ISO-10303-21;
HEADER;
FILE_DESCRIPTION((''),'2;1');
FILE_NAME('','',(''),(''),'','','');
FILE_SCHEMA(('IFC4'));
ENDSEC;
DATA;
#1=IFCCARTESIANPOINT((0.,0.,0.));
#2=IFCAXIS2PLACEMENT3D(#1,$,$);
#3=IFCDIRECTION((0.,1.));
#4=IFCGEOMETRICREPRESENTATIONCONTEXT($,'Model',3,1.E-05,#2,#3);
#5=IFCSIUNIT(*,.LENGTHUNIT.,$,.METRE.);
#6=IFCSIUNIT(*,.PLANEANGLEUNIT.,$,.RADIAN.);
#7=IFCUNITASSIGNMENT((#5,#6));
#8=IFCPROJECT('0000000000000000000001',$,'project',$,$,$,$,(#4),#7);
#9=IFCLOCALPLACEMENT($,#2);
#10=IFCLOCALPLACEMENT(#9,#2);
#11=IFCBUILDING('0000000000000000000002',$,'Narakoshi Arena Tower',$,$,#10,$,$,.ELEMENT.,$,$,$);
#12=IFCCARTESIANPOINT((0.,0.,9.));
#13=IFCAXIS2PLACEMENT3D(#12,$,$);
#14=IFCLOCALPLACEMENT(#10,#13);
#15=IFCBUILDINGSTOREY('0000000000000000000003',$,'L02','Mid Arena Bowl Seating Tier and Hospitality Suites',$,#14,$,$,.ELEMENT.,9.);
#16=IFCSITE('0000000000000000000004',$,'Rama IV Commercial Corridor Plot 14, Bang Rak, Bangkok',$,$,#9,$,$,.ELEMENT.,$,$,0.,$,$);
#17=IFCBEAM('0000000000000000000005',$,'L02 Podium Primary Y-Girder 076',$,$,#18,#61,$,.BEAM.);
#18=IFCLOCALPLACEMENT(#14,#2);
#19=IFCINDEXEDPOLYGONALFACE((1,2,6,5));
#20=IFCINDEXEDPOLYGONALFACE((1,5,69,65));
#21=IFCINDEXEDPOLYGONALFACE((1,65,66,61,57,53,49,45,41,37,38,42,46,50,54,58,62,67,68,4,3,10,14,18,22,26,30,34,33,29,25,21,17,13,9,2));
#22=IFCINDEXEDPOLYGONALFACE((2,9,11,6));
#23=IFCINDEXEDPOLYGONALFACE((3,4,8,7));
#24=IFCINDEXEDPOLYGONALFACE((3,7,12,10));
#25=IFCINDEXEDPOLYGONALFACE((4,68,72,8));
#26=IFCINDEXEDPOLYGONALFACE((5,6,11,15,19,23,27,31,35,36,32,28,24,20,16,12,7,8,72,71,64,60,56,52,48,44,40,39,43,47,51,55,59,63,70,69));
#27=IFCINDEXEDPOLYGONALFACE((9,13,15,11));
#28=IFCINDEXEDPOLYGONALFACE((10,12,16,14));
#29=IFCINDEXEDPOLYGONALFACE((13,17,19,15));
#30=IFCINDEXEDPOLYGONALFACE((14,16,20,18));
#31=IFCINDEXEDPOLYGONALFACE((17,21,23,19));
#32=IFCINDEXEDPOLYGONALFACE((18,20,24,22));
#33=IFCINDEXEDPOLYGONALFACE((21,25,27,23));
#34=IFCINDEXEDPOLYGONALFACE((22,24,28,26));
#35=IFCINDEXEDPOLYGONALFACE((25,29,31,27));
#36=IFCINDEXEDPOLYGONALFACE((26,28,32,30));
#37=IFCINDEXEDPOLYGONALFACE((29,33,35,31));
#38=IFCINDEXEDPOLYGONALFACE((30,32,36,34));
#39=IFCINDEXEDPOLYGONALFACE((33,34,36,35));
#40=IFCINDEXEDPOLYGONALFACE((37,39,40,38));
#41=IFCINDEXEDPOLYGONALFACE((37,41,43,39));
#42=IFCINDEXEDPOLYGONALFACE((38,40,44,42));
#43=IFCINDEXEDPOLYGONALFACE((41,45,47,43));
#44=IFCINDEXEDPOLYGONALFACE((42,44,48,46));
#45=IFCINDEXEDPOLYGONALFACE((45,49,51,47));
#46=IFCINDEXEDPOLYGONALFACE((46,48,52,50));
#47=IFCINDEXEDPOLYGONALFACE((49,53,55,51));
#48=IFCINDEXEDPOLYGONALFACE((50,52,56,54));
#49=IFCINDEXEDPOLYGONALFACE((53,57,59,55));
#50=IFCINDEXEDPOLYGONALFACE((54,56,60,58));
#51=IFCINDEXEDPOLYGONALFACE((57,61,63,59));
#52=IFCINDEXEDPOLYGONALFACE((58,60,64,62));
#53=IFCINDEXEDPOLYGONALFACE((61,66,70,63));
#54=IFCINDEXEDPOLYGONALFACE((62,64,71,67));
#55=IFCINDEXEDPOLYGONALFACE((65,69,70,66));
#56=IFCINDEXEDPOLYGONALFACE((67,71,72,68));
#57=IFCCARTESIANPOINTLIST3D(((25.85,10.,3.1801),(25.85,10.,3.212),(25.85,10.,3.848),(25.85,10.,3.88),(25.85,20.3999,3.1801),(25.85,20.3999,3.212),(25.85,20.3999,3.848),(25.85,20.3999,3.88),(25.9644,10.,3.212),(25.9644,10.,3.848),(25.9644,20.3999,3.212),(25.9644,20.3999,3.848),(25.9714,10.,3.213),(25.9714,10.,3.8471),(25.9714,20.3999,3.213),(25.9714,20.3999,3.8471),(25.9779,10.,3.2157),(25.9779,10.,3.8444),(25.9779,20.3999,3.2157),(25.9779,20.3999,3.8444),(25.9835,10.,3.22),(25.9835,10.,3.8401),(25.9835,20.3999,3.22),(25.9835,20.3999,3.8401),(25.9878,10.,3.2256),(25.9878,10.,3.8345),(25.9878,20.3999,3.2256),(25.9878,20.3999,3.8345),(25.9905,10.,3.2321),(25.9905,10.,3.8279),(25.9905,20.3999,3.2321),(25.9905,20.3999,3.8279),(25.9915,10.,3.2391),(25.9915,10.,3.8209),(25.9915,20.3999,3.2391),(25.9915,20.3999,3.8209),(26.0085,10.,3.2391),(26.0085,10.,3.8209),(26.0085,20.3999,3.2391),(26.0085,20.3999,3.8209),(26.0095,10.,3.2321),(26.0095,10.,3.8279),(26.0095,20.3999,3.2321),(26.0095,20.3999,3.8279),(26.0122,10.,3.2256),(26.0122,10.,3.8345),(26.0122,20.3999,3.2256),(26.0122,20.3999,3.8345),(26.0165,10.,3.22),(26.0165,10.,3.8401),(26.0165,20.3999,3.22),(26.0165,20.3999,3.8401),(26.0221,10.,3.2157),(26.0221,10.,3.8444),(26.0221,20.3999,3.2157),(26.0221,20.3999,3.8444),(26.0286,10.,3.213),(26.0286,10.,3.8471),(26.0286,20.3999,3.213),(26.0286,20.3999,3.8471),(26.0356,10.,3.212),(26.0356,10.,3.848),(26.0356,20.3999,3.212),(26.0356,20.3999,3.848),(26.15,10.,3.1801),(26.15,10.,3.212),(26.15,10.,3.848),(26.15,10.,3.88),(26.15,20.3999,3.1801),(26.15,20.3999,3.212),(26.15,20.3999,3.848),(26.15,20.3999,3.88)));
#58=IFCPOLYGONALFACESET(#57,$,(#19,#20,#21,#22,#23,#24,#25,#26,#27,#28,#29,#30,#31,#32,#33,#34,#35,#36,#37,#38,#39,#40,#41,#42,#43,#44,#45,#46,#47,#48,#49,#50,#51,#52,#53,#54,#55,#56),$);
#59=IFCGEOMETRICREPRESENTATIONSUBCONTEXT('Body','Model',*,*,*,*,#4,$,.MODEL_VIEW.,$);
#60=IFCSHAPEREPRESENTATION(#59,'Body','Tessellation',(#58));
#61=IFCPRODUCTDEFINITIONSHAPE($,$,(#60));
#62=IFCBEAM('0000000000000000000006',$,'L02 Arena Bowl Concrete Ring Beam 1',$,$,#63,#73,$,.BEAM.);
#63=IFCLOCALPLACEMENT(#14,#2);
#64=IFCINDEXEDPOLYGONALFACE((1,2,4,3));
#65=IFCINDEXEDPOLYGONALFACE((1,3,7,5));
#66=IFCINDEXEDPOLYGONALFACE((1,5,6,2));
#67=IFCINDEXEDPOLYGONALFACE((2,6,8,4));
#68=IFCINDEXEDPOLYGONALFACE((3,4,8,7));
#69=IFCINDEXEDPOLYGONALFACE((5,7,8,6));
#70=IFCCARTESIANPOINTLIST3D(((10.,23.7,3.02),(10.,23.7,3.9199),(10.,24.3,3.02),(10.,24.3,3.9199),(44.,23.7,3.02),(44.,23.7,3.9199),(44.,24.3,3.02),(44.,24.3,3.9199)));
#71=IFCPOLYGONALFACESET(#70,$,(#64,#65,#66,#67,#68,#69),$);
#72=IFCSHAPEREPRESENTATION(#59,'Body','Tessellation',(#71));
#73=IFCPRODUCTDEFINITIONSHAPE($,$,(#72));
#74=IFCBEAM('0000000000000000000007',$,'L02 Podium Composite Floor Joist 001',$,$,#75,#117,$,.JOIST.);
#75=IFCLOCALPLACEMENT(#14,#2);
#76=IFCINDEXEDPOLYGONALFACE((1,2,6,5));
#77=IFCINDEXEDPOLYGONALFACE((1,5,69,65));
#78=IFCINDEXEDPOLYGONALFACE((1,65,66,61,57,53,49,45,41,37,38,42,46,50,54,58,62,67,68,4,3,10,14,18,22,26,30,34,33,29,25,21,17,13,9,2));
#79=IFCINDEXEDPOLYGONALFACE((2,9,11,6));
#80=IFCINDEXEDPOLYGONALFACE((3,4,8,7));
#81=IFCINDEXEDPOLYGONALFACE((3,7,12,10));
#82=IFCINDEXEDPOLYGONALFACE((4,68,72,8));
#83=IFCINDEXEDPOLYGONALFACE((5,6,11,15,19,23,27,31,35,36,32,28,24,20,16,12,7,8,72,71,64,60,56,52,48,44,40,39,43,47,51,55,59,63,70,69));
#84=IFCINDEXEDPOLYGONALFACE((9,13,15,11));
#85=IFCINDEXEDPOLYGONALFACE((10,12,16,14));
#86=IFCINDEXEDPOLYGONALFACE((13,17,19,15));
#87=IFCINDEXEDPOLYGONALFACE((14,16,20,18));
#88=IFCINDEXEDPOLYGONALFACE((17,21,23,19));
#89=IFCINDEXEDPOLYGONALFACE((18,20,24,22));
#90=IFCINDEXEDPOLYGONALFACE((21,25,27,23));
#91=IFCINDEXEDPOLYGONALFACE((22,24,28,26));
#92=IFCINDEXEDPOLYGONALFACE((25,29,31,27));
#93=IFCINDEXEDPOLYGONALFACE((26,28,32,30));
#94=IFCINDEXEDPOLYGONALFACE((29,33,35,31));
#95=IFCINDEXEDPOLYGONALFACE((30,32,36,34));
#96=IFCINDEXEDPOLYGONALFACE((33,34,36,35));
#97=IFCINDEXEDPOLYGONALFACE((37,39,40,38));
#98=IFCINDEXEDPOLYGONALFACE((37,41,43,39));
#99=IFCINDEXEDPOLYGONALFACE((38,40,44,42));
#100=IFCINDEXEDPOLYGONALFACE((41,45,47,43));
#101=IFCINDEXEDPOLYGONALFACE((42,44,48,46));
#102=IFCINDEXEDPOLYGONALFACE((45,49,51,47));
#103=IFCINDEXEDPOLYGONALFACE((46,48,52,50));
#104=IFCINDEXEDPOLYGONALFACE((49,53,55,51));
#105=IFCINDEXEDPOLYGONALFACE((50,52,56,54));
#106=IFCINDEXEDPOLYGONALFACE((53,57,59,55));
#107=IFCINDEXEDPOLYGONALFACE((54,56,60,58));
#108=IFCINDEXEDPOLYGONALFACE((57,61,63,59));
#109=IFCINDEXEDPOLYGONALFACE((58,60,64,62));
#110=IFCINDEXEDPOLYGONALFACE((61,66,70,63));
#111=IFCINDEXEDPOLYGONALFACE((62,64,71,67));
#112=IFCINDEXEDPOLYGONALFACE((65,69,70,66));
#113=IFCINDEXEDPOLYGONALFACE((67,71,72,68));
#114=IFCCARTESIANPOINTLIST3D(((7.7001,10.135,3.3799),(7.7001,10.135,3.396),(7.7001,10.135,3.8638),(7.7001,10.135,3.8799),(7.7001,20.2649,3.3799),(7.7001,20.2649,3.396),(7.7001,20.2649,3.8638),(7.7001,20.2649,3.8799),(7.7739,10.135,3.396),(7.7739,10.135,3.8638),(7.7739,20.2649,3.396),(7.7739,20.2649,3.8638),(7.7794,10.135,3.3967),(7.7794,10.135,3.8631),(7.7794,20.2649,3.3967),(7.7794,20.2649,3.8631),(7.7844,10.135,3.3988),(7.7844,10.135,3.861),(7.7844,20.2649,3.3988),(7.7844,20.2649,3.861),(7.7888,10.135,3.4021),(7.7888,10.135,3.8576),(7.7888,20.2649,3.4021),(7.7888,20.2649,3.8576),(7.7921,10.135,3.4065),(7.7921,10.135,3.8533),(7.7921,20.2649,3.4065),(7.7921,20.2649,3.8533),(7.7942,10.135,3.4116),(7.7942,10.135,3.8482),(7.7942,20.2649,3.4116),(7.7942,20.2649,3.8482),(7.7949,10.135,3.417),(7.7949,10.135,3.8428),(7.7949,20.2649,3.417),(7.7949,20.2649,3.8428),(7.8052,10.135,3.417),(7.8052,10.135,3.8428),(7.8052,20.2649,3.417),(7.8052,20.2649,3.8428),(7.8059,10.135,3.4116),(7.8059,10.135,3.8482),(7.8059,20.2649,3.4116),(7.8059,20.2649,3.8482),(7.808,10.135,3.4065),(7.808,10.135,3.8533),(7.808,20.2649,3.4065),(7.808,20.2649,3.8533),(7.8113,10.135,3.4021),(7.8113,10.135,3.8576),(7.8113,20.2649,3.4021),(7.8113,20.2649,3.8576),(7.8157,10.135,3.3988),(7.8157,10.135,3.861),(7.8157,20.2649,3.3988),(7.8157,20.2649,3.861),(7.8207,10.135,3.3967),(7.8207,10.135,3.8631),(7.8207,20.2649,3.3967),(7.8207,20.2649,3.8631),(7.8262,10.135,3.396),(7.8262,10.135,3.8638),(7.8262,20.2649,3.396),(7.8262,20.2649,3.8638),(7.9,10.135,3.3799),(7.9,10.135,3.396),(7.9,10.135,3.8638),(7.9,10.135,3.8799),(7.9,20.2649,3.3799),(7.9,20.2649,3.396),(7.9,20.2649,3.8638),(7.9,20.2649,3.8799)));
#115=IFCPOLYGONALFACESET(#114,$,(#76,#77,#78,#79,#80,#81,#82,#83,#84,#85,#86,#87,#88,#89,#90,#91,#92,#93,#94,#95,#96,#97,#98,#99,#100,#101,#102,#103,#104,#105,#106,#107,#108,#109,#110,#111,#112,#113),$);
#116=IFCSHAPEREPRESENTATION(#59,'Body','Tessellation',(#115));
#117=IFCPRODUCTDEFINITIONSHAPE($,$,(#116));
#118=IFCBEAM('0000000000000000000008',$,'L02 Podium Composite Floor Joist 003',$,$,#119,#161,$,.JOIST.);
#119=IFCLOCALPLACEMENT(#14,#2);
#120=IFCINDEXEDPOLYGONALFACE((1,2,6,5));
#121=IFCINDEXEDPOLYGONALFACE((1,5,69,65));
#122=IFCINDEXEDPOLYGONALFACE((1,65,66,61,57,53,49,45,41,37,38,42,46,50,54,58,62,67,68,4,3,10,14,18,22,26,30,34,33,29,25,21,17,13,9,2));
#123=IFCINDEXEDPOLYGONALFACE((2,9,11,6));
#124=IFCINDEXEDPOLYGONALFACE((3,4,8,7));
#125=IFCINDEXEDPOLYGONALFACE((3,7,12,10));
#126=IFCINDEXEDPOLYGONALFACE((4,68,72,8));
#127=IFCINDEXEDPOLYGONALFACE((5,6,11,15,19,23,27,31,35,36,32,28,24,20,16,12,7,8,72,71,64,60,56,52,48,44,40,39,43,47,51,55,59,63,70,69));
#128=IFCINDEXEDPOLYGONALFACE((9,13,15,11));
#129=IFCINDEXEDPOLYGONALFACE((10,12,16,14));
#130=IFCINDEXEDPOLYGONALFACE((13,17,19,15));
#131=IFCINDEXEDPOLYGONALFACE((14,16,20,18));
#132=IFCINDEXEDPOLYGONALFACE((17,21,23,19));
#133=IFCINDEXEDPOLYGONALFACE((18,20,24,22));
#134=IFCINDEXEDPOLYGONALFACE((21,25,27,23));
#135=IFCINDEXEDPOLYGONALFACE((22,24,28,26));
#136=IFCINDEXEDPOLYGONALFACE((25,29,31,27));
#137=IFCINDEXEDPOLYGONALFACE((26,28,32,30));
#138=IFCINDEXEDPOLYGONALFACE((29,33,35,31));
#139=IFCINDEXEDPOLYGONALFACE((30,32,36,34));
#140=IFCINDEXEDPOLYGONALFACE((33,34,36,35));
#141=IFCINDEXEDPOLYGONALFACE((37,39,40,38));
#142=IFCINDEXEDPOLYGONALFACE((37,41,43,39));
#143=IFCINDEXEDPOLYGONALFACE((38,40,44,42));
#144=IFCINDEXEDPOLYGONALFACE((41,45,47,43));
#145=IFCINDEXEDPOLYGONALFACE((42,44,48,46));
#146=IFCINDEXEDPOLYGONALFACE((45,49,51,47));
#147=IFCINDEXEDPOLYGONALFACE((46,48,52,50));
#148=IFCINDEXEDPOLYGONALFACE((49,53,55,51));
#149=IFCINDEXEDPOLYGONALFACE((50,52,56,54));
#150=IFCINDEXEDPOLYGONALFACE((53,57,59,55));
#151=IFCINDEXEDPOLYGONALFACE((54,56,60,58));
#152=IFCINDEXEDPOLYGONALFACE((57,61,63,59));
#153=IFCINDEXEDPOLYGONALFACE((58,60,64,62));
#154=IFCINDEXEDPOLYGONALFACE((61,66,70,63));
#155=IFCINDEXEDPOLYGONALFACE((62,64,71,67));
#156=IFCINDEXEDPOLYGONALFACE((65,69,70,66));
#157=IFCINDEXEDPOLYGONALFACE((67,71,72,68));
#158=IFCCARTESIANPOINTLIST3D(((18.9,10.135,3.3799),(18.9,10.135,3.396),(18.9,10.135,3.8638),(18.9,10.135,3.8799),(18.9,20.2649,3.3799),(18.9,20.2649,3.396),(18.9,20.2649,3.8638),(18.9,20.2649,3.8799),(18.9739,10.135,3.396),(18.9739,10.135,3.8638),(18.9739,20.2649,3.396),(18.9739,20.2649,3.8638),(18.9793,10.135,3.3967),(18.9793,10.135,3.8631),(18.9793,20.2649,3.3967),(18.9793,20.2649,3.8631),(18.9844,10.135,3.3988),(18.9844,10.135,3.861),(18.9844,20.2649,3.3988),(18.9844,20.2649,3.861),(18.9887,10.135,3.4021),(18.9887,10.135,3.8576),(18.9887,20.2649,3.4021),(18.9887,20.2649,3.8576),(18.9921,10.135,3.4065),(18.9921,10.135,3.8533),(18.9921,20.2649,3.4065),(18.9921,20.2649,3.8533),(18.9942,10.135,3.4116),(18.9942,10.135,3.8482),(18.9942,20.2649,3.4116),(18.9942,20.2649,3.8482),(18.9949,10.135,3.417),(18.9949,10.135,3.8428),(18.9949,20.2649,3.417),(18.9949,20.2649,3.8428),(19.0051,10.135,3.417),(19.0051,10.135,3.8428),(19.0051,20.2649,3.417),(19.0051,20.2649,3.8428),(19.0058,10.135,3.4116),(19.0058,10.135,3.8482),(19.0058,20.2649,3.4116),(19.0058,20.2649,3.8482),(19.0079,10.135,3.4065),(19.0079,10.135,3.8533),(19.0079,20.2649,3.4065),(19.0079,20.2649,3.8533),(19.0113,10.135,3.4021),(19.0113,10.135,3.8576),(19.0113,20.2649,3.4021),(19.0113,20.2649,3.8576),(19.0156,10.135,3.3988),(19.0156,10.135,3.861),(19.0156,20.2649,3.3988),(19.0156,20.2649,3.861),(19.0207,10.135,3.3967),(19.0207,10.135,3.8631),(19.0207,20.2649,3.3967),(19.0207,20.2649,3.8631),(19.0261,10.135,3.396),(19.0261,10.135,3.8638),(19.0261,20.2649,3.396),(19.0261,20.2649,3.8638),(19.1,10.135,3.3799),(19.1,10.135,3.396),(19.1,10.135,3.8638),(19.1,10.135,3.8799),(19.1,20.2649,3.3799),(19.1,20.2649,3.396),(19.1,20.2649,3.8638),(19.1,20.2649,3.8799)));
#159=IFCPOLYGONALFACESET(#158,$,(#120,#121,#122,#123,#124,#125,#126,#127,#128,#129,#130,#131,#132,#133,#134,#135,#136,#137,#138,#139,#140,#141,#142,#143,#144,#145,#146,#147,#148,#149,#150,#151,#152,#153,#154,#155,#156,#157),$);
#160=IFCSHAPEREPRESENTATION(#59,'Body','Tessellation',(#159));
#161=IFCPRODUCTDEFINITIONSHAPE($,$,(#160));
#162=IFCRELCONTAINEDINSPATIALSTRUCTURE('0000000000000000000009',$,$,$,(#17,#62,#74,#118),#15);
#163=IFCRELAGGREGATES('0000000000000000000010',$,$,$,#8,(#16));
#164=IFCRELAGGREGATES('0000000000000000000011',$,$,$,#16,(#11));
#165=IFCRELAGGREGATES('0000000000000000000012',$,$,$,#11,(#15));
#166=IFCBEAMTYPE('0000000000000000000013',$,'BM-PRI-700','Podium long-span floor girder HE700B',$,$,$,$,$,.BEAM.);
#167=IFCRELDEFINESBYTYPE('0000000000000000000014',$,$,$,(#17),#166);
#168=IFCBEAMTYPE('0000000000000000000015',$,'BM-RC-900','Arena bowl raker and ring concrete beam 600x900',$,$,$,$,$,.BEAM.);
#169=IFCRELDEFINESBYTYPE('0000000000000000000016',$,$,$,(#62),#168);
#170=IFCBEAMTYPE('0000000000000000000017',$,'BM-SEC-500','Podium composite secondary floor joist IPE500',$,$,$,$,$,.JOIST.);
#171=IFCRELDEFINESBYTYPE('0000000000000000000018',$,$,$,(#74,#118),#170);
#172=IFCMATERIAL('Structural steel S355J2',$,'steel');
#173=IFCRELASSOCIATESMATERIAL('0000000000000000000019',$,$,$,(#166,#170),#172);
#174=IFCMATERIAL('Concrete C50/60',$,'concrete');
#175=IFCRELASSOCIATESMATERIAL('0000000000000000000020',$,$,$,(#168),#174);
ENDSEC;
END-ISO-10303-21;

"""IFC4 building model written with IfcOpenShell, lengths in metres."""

from ifc_helpers import new_model, si_unit, direction, frame, origin, origin_2d, place, context, subcontext, project, spatial, rectangle, i_section, extrude, material, material_profile, profile_set, type_object, element, save


model = new_model("IFC4")

# Units and contexts
model_context = context("Model", 3, precision=1e-05, world=origin(), true_north=direction((0.0, 1.0)))
body_context = subcontext(model_context, "Body", "Model", "MODEL_VIEW")
ifc_project = project(units=[si_unit("LENGTHUNIT", "METRE"), si_unit("PLANEANGLEUNIT", "RADIAN")], contexts=[model_context])

# Site, building, storey
site_placement = place(None, origin())
site = spatial("IfcSite", under=ifc_project, at=site_placement, Name="Rama IV Commercial Corridor Plot 14, Bang Rak, Bangkok", CompositionType="ELEMENT", RefElevation=0.0)
building_placement = place(site_placement, origin())
building = spatial("IfcBuilding", under=site, at=building_placement, Name="Narakoshi Arena Tower", CompositionType="ELEMENT")
storey_placement = place(building_placement, frame((0.0, 0.0, 9.0)))
storey = spatial("IfcBuildingStorey", under=building, at=storey_placement, Name="L02", Description="Mid Arena Bowl Seating Tier and Hospitality Suites", CompositionType="ELEMENT", Elevation=9.0)

# Shared definitions
ifc_material_1 = material(Name="Concrete C50/60", Category="concrete")

# Beams
ifc_material_2 = material(Name="Structural steel S355J2", Category="steel")
ifc_material_profile_1 = material_profile(ifc_material_2, i_section(OverallWidth=0.3, OverallDepth=0.7, WebThickness=0.0171, FlangeThickness=0.032, FilletRadius=0.0271, at=origin_2d()), Name="HE700B")
ifc_profile_set_1 = profile_set([ifc_material_profile_1], Name="Structural steel S355J2")
beam_type_1 = type_object("IfcBeamType", Name="BM-PRI-700", Description="Podium long-span floor girder HE700B", PredefinedType="BEAM", material=ifc_profile_set_1)
for number, where, z_axis, x_axis, name in (
    (1, (26.0, 10.0, 3.53), (0.0, 1.0, 0.0), (-1.0, 0.0, 0.0), "L02 Podium Primary Y-Girder 076"),
):
    element("IfcBeam", number, at=place(storey_placement, frame(where, z_axis=z_axis, x_axis=x_axis)), inside=storey, type_object=beam_type_1, Name=name, PredefinedType="BEAM", context=body_context, shape_type="SweptSolid", body=[
        extrude(i_section(OverallWidth=0.3, OverallDepth=0.7, WebThickness=0.0171, FlangeThickness=0.032, FilletRadius=0.0271, at=origin_2d()), origin(), (0.0, 0.0, 1.0), 10.3999),
    ])
ifc_material_profile_2 = material_profile(ifc_material_1, rectangle(XDim=0.6001, YDim=0.8999, at=origin_2d()), Name="RCB600x900")
ifc_profile_set_2 = profile_set([ifc_material_profile_2], Name="Concrete C50/60")
beam_type_2 = type_object("IfcBeamType", Name="BM-RC-900", Description="Arena bowl raker and ring concrete beam 600x900", PredefinedType="BEAM", material=ifc_profile_set_2)
beam_1_placement = place(storey_placement, frame((10.0, 24.0, 3.47), z_axis=(1.0, 0.0, 0.0), x_axis=(0.0, 1.0, 0.0)))
element("IfcBeam", 2, at=beam_1_placement, inside=storey, type_object=beam_type_2, Name="L02 Arena Bowl Concrete Ring Beam 1", PredefinedType="BEAM", context=body_context, shape_type="SweptSolid", body=[
    extrude(rectangle(XDim=0.6001, YDim=0.8999, at=origin_2d()), origin(), (0.0, 0.0, 1.0), 34.0),
])
ifc_material_profile_3 = material_profile(ifc_material_2, i_section(OverallWidth=0.2, OverallDepth=0.5, WebThickness=0.0103, FlangeThickness=0.0161, FilletRadius=0.021, at=origin_2d()), Name="IPE500")
ifc_profile_set_3 = profile_set([ifc_material_profile_3], Name="Structural steel S355J2")
beam_type_3 = type_object("IfcBeamType", Name="BM-SEC-500", Description="Podium composite secondary floor joist IPE500", PredefinedType="JOIST", material=ifc_profile_set_3)
for number, where, z_axis, x_axis, name in (
    (3, (7.8, 10.135, 3.6299), (0.0, 1.0, 0.0), (-1.0, 0.0, 0.0), "L02 Podium Composite Floor Joist 001"),
    (4, (19.0, 10.135, 3.6299), (0.0, 1.0, 0.0), (-1.0, 0.0, 0.0), "L02 Podium Composite Floor Joist 003"),
):
    element("IfcBeam", number, at=place(storey_placement, frame(where, z_axis=z_axis, x_axis=x_axis)), inside=storey, type_object=beam_type_3, Name=name, PredefinedType="JOIST", context=body_context, shape_type="SweptSolid", body=[
        extrude(i_section(OverallWidth=0.2, OverallDepth=0.5, WebThickness=0.0103, FlangeThickness=0.0161, FilletRadius=0.021, at=origin_2d()), origin(), (0.0, 0.0, 1.0), 10.1299),
    ])

save(model, "model.ifc")
